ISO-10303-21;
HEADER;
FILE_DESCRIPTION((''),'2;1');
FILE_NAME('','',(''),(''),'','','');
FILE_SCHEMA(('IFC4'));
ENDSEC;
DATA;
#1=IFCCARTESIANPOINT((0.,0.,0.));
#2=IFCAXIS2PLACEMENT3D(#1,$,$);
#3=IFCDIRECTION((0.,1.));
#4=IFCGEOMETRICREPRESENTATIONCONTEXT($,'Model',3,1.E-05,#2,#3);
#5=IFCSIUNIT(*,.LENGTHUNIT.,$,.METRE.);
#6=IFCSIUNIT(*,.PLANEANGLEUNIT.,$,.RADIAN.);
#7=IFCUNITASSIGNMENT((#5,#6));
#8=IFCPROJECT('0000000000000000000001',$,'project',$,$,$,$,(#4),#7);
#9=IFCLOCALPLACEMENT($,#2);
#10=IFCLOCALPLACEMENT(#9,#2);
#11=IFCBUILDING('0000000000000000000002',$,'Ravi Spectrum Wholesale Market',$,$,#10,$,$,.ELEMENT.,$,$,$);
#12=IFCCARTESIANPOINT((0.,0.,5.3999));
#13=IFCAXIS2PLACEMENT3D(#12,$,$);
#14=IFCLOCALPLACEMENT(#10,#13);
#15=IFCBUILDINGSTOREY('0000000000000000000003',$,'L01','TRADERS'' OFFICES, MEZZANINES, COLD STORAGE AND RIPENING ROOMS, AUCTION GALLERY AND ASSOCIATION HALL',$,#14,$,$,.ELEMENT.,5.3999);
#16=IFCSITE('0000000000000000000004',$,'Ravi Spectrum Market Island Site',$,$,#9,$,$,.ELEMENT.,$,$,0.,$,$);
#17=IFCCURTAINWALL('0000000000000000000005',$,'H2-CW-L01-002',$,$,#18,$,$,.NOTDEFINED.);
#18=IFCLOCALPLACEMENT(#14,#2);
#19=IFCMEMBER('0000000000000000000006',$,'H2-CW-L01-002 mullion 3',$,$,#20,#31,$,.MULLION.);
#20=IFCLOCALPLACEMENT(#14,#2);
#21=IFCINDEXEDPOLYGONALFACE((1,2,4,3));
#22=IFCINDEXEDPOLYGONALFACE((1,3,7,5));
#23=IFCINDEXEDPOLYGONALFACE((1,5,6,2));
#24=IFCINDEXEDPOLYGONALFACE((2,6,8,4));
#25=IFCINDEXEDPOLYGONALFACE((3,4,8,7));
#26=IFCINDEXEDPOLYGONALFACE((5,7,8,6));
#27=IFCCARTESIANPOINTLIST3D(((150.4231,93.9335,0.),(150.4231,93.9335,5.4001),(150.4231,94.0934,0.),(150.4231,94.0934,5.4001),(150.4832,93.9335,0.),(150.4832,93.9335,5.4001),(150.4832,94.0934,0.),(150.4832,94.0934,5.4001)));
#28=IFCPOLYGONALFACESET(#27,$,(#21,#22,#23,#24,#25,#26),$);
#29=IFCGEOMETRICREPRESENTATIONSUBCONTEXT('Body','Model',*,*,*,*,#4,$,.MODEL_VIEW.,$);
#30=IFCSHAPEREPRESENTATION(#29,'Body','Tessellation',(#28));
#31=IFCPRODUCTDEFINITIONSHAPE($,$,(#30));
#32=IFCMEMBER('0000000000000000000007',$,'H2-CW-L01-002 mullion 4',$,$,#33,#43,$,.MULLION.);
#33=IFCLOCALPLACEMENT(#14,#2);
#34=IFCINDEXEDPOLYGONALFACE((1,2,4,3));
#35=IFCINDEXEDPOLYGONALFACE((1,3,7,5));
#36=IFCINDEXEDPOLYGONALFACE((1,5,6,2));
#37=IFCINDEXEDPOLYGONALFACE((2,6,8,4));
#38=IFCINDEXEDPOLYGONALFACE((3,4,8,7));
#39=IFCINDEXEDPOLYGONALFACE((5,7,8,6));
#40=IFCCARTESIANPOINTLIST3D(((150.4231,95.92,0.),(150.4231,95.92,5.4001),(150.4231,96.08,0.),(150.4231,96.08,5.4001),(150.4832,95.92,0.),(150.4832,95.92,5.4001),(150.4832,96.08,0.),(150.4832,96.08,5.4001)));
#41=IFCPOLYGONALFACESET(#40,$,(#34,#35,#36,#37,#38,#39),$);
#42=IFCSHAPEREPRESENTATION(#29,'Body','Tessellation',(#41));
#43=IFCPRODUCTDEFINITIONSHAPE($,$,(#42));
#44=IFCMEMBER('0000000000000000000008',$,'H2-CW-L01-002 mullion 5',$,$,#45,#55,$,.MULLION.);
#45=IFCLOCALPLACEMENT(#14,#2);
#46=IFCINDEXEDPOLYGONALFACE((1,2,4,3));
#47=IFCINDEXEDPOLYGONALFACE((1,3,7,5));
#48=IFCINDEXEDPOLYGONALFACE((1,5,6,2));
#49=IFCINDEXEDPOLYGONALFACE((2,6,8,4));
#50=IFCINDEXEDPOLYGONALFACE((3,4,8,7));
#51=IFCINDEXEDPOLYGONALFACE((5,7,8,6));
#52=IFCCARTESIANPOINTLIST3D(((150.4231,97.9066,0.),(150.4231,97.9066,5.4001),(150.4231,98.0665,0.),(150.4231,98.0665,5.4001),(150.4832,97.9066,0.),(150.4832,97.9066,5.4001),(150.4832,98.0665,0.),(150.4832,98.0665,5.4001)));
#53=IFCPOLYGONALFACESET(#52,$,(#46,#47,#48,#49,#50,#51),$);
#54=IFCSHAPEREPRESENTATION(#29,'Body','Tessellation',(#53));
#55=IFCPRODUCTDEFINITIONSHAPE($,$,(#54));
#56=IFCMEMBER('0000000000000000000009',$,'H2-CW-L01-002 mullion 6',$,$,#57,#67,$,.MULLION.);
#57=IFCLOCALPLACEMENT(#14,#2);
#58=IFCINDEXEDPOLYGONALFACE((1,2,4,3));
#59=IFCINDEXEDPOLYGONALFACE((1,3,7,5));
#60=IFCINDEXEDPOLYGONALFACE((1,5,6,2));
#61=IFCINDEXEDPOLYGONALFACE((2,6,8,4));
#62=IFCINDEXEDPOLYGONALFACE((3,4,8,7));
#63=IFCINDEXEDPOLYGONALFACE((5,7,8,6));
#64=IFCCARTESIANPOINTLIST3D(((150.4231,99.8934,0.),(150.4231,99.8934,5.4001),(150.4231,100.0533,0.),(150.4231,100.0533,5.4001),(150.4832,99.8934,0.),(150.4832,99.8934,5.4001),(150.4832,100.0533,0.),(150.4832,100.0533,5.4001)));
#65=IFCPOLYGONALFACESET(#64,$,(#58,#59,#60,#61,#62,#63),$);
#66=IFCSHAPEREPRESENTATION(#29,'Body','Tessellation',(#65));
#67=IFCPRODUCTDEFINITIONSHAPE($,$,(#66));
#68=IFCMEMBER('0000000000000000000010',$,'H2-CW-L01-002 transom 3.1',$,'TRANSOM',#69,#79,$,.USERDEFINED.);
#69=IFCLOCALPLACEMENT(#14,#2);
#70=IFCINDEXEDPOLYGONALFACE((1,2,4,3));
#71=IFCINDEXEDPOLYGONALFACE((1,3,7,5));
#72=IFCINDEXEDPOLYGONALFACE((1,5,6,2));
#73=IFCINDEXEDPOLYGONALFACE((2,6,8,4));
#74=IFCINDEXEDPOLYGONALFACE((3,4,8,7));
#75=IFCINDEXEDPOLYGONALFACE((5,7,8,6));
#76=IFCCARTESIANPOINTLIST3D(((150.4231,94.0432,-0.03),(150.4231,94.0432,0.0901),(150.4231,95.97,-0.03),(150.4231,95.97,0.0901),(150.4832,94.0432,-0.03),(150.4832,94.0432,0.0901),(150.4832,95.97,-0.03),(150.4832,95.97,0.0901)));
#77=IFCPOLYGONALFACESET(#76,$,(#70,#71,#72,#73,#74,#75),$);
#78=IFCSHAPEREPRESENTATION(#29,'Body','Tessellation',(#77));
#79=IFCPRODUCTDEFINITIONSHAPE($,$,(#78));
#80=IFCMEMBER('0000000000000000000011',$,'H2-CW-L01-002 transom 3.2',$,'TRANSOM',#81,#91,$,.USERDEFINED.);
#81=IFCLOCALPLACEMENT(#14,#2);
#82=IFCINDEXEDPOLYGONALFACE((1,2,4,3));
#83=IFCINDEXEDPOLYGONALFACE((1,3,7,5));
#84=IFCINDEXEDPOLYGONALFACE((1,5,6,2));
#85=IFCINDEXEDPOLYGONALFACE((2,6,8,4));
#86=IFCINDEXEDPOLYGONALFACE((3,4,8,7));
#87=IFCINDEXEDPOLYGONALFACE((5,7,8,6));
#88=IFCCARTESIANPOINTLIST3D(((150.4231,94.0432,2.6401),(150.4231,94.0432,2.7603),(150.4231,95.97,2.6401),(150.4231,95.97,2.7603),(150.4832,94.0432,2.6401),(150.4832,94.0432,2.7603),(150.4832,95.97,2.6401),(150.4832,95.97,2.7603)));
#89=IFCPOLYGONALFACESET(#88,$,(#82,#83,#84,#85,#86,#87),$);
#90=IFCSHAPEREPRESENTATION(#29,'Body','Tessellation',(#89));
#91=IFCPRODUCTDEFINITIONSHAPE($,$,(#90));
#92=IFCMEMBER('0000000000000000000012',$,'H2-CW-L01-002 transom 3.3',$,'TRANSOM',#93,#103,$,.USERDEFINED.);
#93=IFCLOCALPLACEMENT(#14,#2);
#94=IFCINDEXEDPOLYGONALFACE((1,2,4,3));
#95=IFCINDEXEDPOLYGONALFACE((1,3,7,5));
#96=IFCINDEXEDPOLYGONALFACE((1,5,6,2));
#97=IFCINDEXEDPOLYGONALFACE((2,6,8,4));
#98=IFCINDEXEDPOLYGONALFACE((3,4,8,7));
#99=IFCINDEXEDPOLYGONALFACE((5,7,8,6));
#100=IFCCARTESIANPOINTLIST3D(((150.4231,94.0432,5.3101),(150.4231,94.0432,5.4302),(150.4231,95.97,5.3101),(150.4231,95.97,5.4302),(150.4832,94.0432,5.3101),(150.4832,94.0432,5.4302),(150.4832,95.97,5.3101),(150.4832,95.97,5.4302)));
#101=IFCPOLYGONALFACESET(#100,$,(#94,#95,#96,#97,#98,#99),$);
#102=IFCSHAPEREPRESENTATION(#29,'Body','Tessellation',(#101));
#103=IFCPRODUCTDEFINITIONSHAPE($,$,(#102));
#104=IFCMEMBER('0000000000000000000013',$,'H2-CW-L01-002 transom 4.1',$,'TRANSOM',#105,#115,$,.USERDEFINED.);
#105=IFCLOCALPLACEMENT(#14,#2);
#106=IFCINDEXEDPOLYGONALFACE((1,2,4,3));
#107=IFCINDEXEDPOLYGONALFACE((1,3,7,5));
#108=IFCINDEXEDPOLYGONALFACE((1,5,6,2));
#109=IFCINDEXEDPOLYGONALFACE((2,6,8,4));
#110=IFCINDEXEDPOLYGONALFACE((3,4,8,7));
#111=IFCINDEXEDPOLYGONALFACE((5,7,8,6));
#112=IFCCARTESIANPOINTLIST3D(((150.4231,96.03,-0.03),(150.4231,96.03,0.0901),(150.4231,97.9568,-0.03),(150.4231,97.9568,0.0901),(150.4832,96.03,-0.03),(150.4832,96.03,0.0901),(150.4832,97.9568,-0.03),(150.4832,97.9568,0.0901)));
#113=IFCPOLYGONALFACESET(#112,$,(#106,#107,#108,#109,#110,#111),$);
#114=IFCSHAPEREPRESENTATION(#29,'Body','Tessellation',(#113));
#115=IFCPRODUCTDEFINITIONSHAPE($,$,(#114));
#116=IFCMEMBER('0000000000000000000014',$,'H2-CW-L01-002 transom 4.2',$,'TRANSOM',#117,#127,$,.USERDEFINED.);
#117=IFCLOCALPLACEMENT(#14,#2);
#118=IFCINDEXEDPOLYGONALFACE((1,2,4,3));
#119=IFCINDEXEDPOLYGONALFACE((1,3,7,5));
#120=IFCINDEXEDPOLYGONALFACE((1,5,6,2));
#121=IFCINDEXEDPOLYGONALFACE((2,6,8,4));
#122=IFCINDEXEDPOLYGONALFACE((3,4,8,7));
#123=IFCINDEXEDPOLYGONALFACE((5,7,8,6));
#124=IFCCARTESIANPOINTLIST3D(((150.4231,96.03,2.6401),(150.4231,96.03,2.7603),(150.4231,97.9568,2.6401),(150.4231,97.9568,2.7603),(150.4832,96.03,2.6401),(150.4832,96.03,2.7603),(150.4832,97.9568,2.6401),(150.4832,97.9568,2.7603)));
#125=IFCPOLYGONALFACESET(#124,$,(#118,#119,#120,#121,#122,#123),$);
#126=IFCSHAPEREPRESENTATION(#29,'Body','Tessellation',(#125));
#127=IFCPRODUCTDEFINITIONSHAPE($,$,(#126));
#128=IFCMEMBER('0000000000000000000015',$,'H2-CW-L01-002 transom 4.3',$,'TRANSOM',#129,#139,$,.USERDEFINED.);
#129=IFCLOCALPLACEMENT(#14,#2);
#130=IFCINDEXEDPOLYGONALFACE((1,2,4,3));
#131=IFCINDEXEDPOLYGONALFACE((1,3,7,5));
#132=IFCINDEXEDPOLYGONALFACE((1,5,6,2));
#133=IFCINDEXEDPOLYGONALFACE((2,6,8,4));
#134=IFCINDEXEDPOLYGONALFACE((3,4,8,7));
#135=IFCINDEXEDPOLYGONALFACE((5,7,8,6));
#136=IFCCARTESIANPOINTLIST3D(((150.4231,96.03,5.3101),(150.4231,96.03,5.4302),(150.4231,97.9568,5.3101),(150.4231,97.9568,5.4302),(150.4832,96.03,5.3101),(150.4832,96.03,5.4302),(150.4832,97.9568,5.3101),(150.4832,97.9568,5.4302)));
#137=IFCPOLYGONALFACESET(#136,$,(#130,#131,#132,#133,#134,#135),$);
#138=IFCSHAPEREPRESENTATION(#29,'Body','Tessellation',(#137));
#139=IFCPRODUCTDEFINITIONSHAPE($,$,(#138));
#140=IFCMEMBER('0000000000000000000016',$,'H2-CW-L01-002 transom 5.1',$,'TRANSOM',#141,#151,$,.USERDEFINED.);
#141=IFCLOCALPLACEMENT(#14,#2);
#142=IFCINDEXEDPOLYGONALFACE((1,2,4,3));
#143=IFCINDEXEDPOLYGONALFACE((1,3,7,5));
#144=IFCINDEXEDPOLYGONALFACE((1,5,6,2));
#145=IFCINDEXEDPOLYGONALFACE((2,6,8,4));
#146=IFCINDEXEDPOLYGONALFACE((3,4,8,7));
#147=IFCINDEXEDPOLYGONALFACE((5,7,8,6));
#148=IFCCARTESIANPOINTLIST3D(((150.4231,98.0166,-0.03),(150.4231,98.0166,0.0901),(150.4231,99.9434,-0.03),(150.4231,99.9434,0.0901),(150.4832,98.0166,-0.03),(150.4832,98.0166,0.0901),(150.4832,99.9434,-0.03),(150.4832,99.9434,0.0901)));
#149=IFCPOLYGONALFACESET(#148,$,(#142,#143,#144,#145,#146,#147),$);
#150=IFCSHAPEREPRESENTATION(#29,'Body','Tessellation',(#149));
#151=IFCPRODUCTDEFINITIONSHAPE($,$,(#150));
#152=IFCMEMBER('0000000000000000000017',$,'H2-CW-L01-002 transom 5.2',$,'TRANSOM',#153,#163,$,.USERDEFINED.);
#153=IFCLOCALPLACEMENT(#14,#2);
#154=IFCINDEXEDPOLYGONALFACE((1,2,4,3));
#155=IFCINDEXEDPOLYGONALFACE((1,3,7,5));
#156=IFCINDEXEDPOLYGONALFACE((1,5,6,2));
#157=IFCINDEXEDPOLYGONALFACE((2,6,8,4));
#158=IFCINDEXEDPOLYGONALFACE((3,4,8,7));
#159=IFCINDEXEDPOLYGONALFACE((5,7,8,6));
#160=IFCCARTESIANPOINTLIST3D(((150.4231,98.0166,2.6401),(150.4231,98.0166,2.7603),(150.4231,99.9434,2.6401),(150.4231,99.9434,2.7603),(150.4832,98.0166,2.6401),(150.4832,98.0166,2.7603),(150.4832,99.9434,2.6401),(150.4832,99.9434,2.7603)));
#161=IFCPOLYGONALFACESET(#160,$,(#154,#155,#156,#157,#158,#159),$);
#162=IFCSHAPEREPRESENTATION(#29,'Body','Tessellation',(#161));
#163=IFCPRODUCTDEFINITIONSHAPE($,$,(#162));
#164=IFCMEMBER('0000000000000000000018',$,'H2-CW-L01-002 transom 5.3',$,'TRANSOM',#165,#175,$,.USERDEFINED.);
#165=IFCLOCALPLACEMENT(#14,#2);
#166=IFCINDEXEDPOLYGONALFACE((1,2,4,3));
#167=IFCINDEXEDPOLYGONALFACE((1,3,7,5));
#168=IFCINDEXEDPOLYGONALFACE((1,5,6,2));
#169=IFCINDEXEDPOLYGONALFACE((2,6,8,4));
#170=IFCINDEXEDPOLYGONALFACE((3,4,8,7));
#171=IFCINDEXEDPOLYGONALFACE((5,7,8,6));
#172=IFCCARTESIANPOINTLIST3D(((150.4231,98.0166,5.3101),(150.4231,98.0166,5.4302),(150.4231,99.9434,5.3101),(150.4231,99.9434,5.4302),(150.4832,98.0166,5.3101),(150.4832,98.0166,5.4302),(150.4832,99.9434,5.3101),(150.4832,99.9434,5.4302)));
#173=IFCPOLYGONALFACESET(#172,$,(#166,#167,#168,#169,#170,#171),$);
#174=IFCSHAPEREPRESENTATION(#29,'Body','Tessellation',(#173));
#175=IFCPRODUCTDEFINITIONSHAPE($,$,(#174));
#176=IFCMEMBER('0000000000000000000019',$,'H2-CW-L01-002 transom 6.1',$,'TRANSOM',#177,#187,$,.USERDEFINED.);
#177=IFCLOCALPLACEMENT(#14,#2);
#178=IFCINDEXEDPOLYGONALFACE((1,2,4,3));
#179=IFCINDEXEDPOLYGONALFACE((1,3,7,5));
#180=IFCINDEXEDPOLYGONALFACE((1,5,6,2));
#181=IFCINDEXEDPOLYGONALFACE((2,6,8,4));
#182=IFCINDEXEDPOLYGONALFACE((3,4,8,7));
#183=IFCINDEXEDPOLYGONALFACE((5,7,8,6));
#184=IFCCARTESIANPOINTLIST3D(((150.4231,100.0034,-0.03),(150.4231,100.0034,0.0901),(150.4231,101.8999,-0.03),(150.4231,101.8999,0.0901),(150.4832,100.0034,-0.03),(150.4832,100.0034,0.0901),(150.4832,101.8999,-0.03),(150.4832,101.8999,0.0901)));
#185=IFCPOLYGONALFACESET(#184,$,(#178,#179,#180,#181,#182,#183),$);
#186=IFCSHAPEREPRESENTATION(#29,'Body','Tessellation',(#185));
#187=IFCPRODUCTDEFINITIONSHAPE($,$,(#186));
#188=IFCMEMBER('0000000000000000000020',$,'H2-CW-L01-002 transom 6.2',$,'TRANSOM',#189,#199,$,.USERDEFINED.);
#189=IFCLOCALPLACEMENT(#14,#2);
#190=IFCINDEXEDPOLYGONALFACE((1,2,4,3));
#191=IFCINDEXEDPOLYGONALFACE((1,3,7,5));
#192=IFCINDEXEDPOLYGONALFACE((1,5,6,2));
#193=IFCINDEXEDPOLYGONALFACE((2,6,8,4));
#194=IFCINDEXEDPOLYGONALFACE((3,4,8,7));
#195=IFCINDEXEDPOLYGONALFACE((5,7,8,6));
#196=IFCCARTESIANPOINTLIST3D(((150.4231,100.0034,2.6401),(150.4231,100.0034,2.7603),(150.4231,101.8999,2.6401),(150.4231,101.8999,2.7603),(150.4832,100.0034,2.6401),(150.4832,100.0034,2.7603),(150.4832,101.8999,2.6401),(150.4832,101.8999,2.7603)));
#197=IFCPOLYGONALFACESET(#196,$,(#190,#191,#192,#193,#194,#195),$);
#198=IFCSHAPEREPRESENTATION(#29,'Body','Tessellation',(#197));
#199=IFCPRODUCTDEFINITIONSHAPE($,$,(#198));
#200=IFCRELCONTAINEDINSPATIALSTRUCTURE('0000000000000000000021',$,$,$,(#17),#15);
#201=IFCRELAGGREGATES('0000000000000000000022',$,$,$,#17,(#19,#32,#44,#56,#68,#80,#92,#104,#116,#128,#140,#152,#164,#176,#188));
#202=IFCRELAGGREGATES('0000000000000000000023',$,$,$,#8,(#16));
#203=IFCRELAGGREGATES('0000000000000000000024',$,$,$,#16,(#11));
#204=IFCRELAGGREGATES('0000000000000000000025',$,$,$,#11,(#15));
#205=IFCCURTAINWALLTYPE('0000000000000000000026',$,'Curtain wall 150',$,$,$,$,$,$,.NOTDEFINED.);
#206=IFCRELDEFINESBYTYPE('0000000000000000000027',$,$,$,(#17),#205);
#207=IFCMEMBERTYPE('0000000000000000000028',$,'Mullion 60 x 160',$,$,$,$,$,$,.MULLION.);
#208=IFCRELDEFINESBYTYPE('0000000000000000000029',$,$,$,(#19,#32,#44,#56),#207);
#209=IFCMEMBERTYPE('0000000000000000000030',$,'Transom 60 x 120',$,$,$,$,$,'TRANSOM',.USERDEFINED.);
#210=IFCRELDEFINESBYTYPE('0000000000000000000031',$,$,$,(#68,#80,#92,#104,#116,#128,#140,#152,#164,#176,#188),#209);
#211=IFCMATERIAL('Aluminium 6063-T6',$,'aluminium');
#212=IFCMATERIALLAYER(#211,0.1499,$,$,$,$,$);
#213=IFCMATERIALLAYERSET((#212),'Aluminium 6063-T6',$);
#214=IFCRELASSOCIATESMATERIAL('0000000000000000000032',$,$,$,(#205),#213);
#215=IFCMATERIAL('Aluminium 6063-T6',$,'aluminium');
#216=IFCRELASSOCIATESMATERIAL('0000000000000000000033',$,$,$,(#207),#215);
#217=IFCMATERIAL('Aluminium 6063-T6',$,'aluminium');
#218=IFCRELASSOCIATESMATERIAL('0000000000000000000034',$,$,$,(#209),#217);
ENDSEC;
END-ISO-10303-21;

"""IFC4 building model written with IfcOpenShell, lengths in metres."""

from ifc_helpers import new_model, si_unit, direction, frame, origin, origin_2d, place, context, subcontext, project, spatial, rectangle, extrude, material, layer, layer_set, material_profile, profile_set, type_object, element, aggregate, save


model = new_model("IFC4")

# Units and contexts
model_context = context("Model", 3, precision=1e-05, world=origin(), true_north=direction((0.0, 1.0)))
body_context = subcontext(model_context, "Body", "Model", "MODEL_VIEW")
ifc_project = project(units=[si_unit("LENGTHUNIT", "METRE"), si_unit("PLANEANGLEUNIT", "RADIAN")], contexts=[model_context])

# Site, building, storey
site_placement = place(None, origin())
site = spatial("IfcSite", under=ifc_project, at=site_placement, Name="Ravi Spectrum Market Island Site", CompositionType="ELEMENT", RefElevation=0.0)
building_placement = place(site_placement, origin())
building = spatial("IfcBuilding", under=site, at=building_placement, Name="Ravi Spectrum Wholesale Market", CompositionType="ELEMENT")
storey_placement = place(building_placement, frame((0.0, 0.0, 5.3999)))
storey = spatial("IfcBuildingStorey", under=building, at=storey_placement, Name="L01", Description="TRADERS' OFFICES, MEZZANINES, COLD STORAGE AND RIPENING ROOMS, AUCTION GALLERY AND ASSOCIATION HALL", CompositionType="ELEMENT", Elevation=5.3999)

# Curtain wall, members
ifc_material_1 = material(Name="Aluminium 6063-T6", Category="aluminium")
ifc_layer_1 = layer(ifc_material_1, 0.1499)
ifc_layer_set_1 = layer_set([ifc_layer_1], Name="Aluminium 6063-T6")
curtain_wall_type = type_object("IfcCurtainWallType", Name="Curtain wall 150", PredefinedType="NOTDEFINED", material=ifc_layer_set_1)
curtain_wall_placement = place(storey_placement, origin())
curtain_wall = element("IfcCurtainWall", 1, at=curtain_wall_placement, inside=storey, type_object=curtain_wall_type, Name="H2-CW-L01-002", PredefinedType="NOTDEFINED")
ifc_material_2 = material(Name="Aluminium 6063-T6", Category="aluminium")
ifc_material_profile_1 = material_profile(ifc_material_2, rectangle(XDim=0.0601, YDim=0.1599, at=origin_2d()))
ifc_profile_set_1 = profile_set([ifc_material_profile_1], Name="Aluminium 6063-T6")
member_type_1 = type_object("IfcMemberType", Name="Mullion 60 x 160", PredefinedType="MULLION", material=ifc_profile_set_1)
member_1_placement = place(storey_placement, frame((150.4531, 94.0134, 0.0), z_axis=(0.0, 0.0, 1.0), x_axis=(-1.0, 0.0, 0.0)))
member_1 = element("IfcMember", 2, at=member_1_placement, type_object=member_type_1, Name="H2-CW-L01-002 mullion 3", PredefinedType="MULLION", context=body_context, shape_type="SweptSolid", body=[
    extrude(rectangle(XDim=0.0601, YDim=0.1599, at=origin_2d()), origin(), (0.0, 0.0, 1.0), 5.4001),
])
member_2_placement = place(storey_placement, frame((150.4531, 96.0, 0.0), z_axis=(0.0, 0.0, 1.0), x_axis=(-1.0, 0.0, 0.0)))
member_2 = element("IfcMember", 3, at=member_2_placement, type_object=member_type_1, Name="H2-CW-L01-002 mullion 4", PredefinedType="MULLION", context=body_context, shape_type="SweptSolid", body=[
    extrude(rectangle(XDim=0.0601, YDim=0.1599, at=origin_2d()), origin(), (0.0, 0.0, 1.0), 5.4001),
])
member_3_placement = place(storey_placement, frame((150.4531, 97.9866, 0.0), z_axis=(0.0, 0.0, 1.0), x_axis=(-1.0, 0.0, 0.0)))
member_3 = element("IfcMember", 4, at=member_3_placement, type_object=member_type_1, Name="H2-CW-L01-002 mullion 5", PredefinedType="MULLION", context=body_context, shape_type="SweptSolid", body=[
    extrude(rectangle(XDim=0.0601, YDim=0.1599, at=origin_2d()), origin(), (0.0, 0.0, 1.0), 5.4001),
])
member_4_placement = place(storey_placement, frame((150.4531, 99.9734, 0.0), z_axis=(0.0, 0.0, 1.0), x_axis=(-1.0, 0.0, 0.0)))
member_4 = element("IfcMember", 5, at=member_4_placement, type_object=member_type_1, Name="H2-CW-L01-002 mullion 6", PredefinedType="MULLION", context=body_context, shape_type="SweptSolid", body=[
    extrude(rectangle(XDim=0.0601, YDim=0.1599, at=origin_2d()), origin(), (0.0, 0.0, 1.0), 5.4001),
])
ifc_material_3 = material(Name="Aluminium 6063-T6", Category="aluminium")
ifc_material_profile_2 = material_profile(ifc_material_3, rectangle(XDim=0.0601, YDim=0.1201, at=origin_2d()))
ifc_profile_set_2 = profile_set([ifc_material_profile_2], Name="Aluminium 6063-T6")
member_type_2 = type_object("IfcMemberType", Name="Transom 60 x 120", ElementType="TRANSOM", PredefinedType="USERDEFINED", material=ifc_profile_set_2)
member_5_placement = place(storey_placement, frame((150.4531, 94.0432, 0.03), z_axis=(0.0, 1.0, 0.0), x_axis=(-1.0, 0.0, 0.0)))
member_5 = element("IfcMember", 6, at=member_5_placement, type_object=member_type_2, Name="H2-CW-L01-002 transom 3.1", ObjectType="TRANSOM", PredefinedType="USERDEFINED", context=body_context, shape_type="SweptSolid", body=[
    extrude(rectangle(XDim=0.0601, YDim=0.1201, at=origin_2d()), origin(), (0.0, 0.0, 1.0), 1.9268),
])
member_6_placement = place(storey_placement, frame((150.4531, 94.0432, 2.7002), z_axis=(0.0, 1.0, 0.0), x_axis=(-1.0, 0.0, 0.0)))
member_6 = element("IfcMember", 7, at=member_6_placement, type_object=member_type_2, Name="H2-CW-L01-002 transom 3.2", ObjectType="TRANSOM", PredefinedType="USERDEFINED", context=body_context, shape_type="SweptSolid", body=[
    extrude(rectangle(XDim=0.0601, YDim=0.1201, at=origin_2d()), origin(), (0.0, 0.0, 1.0), 1.9268),
])
member_7_placement = place(storey_placement, frame((150.4531, 94.0432, 5.3701), z_axis=(0.0, 1.0, 0.0), x_axis=(-1.0, 0.0, 0.0)))
member_7 = element("IfcMember", 8, at=member_7_placement, type_object=member_type_2, Name="H2-CW-L01-002 transom 3.3", ObjectType="TRANSOM", PredefinedType="USERDEFINED", context=body_context, shape_type="SweptSolid", body=[
    extrude(rectangle(XDim=0.0601, YDim=0.1201, at=origin_2d()), origin(), (0.0, 0.0, 1.0), 1.9268),
])
member_8_placement = place(storey_placement, frame((150.4531, 96.03, 0.03), z_axis=(0.0, 1.0, 0.0), x_axis=(-1.0, 0.0, 0.0)))
member_8 = element("IfcMember", 9, at=member_8_placement, type_object=member_type_2, Name="H2-CW-L01-002 transom 4.1", ObjectType="TRANSOM", PredefinedType="USERDEFINED", context=body_context, shape_type="SweptSolid", body=[
    extrude(rectangle(XDim=0.0601, YDim=0.1201, at=origin_2d()), origin(), (0.0, 0.0, 1.0), 1.9268),
])
member_9_placement = place(storey_placement, frame((150.4531, 96.03, 2.7002), z_axis=(0.0, 1.0, 0.0), x_axis=(-1.0, 0.0, 0.0)))
member_9 = element("IfcMember", 10, at=member_9_placement, type_object=member_type_2, Name="H2-CW-L01-002 transom 4.2", ObjectType="TRANSOM", PredefinedType="USERDEFINED", context=body_context, shape_type="SweptSolid", body=[
    extrude(rectangle(XDim=0.0601, YDim=0.1201, at=origin_2d()), origin(), (0.0, 0.0, 1.0), 1.9268),
])
member_10_placement = place(storey_placement, frame((150.4531, 96.03, 5.3701), z_axis=(0.0, 1.0, 0.0), x_axis=(-1.0, 0.0, 0.0)))
member_10 = element("IfcMember", 11, at=member_10_placement, type_object=member_type_2, Name="H2-CW-L01-002 transom 4.3", ObjectType="TRANSOM", PredefinedType="USERDEFINED", context=body_context, shape_type="SweptSolid", body=[
    extrude(rectangle(XDim=0.0601, YDim=0.1201, at=origin_2d()), origin(), (0.0, 0.0, 1.0), 1.9268),
])
member_11_placement = place(storey_placement, frame((150.4531, 98.0166, 0.03), z_axis=(0.0, 1.0, 0.0), x_axis=(-1.0, 0.0, 0.0)))
member_11 = element("IfcMember", 12, at=member_11_placement, type_object=member_type_2, Name="H2-CW-L01-002 transom 5.1", ObjectType="TRANSOM", PredefinedType="USERDEFINED", context=body_context, shape_type="SweptSolid", body=[
    extrude(rectangle(XDim=0.0601, YDim=0.1201, at=origin_2d()), origin(), (0.0, 0.0, 1.0), 1.9268),
])
member_12_placement = place(storey_placement, frame((150.4531, 98.0166, 2.7002), z_axis=(0.0, 1.0, 0.0), x_axis=(-1.0, 0.0, 0.0)))
member_12 = element("IfcMember", 13, at=member_12_placement, type_object=member_type_2, Name="H2-CW-L01-002 transom 5.2", ObjectType="TRANSOM", PredefinedType="USERDEFINED", context=body_context, shape_type="SweptSolid", body=[
    extrude(rectangle(XDim=0.0601, YDim=0.1201, at=origin_2d()), origin(), (0.0, 0.0, 1.0), 1.9268),
])
member_13_placement = place(storey_placement, frame((150.4531, 98.0166, 5.3701), z_axis=(0.0, 1.0, 0.0), x_axis=(-1.0, 0.0, 0.0)))
member_13 = element("IfcMember", 14, at=member_13_placement, type_object=member_type_2, Name="H2-CW-L01-002 transom 5.3", ObjectType="TRANSOM", PredefinedType="USERDEFINED", context=body_context, shape_type="SweptSolid", body=[
    extrude(rectangle(XDim=0.0601, YDim=0.1201, at=origin_2d()), origin(), (0.0, 0.0, 1.0), 1.9268),
])
member_14_placement = place(storey_placement, frame((150.4531, 100.0034, 0.03), z_axis=(0.0, 1.0, 0.0), x_axis=(-1.0, 0.0, 0.0)))
member_14 = element("IfcMember", 15, at=member_14_placement, type_object=member_type_2, Name="H2-CW-L01-002 transom 6.1", ObjectType="TRANSOM", PredefinedType="USERDEFINED", context=body_context, shape_type="SweptSolid", body=[
    extrude(rectangle(XDim=0.0601, YDim=0.1201, at=origin_2d()), origin(), (0.0, 0.0, 1.0), 1.8965),
])
member_15_placement = place(storey_placement, frame((150.4531, 100.0034, 2.7002), z_axis=(0.0, 1.0, 0.0), x_axis=(-1.0, 0.0, 0.0)))
member_15 = element("IfcMember", 16, at=member_15_placement, type_object=member_type_2, Name="H2-CW-L01-002 transom 6.2", ObjectType="TRANSOM", PredefinedType="USERDEFINED", context=body_context, shape_type="SweptSolid", body=[
    extrude(rectangle(XDim=0.0601, YDim=0.1201, at=origin_2d()), origin(), (0.0, 0.0, 1.0), 1.8965),
])
aggregate(curtain_wall, [member_1, member_2, member_3, member_4, member_5, member_6, member_7, member_8, member_9, member_10, member_11, member_12, member_13, member_14, member_15])

save(model, "model.ifc")
